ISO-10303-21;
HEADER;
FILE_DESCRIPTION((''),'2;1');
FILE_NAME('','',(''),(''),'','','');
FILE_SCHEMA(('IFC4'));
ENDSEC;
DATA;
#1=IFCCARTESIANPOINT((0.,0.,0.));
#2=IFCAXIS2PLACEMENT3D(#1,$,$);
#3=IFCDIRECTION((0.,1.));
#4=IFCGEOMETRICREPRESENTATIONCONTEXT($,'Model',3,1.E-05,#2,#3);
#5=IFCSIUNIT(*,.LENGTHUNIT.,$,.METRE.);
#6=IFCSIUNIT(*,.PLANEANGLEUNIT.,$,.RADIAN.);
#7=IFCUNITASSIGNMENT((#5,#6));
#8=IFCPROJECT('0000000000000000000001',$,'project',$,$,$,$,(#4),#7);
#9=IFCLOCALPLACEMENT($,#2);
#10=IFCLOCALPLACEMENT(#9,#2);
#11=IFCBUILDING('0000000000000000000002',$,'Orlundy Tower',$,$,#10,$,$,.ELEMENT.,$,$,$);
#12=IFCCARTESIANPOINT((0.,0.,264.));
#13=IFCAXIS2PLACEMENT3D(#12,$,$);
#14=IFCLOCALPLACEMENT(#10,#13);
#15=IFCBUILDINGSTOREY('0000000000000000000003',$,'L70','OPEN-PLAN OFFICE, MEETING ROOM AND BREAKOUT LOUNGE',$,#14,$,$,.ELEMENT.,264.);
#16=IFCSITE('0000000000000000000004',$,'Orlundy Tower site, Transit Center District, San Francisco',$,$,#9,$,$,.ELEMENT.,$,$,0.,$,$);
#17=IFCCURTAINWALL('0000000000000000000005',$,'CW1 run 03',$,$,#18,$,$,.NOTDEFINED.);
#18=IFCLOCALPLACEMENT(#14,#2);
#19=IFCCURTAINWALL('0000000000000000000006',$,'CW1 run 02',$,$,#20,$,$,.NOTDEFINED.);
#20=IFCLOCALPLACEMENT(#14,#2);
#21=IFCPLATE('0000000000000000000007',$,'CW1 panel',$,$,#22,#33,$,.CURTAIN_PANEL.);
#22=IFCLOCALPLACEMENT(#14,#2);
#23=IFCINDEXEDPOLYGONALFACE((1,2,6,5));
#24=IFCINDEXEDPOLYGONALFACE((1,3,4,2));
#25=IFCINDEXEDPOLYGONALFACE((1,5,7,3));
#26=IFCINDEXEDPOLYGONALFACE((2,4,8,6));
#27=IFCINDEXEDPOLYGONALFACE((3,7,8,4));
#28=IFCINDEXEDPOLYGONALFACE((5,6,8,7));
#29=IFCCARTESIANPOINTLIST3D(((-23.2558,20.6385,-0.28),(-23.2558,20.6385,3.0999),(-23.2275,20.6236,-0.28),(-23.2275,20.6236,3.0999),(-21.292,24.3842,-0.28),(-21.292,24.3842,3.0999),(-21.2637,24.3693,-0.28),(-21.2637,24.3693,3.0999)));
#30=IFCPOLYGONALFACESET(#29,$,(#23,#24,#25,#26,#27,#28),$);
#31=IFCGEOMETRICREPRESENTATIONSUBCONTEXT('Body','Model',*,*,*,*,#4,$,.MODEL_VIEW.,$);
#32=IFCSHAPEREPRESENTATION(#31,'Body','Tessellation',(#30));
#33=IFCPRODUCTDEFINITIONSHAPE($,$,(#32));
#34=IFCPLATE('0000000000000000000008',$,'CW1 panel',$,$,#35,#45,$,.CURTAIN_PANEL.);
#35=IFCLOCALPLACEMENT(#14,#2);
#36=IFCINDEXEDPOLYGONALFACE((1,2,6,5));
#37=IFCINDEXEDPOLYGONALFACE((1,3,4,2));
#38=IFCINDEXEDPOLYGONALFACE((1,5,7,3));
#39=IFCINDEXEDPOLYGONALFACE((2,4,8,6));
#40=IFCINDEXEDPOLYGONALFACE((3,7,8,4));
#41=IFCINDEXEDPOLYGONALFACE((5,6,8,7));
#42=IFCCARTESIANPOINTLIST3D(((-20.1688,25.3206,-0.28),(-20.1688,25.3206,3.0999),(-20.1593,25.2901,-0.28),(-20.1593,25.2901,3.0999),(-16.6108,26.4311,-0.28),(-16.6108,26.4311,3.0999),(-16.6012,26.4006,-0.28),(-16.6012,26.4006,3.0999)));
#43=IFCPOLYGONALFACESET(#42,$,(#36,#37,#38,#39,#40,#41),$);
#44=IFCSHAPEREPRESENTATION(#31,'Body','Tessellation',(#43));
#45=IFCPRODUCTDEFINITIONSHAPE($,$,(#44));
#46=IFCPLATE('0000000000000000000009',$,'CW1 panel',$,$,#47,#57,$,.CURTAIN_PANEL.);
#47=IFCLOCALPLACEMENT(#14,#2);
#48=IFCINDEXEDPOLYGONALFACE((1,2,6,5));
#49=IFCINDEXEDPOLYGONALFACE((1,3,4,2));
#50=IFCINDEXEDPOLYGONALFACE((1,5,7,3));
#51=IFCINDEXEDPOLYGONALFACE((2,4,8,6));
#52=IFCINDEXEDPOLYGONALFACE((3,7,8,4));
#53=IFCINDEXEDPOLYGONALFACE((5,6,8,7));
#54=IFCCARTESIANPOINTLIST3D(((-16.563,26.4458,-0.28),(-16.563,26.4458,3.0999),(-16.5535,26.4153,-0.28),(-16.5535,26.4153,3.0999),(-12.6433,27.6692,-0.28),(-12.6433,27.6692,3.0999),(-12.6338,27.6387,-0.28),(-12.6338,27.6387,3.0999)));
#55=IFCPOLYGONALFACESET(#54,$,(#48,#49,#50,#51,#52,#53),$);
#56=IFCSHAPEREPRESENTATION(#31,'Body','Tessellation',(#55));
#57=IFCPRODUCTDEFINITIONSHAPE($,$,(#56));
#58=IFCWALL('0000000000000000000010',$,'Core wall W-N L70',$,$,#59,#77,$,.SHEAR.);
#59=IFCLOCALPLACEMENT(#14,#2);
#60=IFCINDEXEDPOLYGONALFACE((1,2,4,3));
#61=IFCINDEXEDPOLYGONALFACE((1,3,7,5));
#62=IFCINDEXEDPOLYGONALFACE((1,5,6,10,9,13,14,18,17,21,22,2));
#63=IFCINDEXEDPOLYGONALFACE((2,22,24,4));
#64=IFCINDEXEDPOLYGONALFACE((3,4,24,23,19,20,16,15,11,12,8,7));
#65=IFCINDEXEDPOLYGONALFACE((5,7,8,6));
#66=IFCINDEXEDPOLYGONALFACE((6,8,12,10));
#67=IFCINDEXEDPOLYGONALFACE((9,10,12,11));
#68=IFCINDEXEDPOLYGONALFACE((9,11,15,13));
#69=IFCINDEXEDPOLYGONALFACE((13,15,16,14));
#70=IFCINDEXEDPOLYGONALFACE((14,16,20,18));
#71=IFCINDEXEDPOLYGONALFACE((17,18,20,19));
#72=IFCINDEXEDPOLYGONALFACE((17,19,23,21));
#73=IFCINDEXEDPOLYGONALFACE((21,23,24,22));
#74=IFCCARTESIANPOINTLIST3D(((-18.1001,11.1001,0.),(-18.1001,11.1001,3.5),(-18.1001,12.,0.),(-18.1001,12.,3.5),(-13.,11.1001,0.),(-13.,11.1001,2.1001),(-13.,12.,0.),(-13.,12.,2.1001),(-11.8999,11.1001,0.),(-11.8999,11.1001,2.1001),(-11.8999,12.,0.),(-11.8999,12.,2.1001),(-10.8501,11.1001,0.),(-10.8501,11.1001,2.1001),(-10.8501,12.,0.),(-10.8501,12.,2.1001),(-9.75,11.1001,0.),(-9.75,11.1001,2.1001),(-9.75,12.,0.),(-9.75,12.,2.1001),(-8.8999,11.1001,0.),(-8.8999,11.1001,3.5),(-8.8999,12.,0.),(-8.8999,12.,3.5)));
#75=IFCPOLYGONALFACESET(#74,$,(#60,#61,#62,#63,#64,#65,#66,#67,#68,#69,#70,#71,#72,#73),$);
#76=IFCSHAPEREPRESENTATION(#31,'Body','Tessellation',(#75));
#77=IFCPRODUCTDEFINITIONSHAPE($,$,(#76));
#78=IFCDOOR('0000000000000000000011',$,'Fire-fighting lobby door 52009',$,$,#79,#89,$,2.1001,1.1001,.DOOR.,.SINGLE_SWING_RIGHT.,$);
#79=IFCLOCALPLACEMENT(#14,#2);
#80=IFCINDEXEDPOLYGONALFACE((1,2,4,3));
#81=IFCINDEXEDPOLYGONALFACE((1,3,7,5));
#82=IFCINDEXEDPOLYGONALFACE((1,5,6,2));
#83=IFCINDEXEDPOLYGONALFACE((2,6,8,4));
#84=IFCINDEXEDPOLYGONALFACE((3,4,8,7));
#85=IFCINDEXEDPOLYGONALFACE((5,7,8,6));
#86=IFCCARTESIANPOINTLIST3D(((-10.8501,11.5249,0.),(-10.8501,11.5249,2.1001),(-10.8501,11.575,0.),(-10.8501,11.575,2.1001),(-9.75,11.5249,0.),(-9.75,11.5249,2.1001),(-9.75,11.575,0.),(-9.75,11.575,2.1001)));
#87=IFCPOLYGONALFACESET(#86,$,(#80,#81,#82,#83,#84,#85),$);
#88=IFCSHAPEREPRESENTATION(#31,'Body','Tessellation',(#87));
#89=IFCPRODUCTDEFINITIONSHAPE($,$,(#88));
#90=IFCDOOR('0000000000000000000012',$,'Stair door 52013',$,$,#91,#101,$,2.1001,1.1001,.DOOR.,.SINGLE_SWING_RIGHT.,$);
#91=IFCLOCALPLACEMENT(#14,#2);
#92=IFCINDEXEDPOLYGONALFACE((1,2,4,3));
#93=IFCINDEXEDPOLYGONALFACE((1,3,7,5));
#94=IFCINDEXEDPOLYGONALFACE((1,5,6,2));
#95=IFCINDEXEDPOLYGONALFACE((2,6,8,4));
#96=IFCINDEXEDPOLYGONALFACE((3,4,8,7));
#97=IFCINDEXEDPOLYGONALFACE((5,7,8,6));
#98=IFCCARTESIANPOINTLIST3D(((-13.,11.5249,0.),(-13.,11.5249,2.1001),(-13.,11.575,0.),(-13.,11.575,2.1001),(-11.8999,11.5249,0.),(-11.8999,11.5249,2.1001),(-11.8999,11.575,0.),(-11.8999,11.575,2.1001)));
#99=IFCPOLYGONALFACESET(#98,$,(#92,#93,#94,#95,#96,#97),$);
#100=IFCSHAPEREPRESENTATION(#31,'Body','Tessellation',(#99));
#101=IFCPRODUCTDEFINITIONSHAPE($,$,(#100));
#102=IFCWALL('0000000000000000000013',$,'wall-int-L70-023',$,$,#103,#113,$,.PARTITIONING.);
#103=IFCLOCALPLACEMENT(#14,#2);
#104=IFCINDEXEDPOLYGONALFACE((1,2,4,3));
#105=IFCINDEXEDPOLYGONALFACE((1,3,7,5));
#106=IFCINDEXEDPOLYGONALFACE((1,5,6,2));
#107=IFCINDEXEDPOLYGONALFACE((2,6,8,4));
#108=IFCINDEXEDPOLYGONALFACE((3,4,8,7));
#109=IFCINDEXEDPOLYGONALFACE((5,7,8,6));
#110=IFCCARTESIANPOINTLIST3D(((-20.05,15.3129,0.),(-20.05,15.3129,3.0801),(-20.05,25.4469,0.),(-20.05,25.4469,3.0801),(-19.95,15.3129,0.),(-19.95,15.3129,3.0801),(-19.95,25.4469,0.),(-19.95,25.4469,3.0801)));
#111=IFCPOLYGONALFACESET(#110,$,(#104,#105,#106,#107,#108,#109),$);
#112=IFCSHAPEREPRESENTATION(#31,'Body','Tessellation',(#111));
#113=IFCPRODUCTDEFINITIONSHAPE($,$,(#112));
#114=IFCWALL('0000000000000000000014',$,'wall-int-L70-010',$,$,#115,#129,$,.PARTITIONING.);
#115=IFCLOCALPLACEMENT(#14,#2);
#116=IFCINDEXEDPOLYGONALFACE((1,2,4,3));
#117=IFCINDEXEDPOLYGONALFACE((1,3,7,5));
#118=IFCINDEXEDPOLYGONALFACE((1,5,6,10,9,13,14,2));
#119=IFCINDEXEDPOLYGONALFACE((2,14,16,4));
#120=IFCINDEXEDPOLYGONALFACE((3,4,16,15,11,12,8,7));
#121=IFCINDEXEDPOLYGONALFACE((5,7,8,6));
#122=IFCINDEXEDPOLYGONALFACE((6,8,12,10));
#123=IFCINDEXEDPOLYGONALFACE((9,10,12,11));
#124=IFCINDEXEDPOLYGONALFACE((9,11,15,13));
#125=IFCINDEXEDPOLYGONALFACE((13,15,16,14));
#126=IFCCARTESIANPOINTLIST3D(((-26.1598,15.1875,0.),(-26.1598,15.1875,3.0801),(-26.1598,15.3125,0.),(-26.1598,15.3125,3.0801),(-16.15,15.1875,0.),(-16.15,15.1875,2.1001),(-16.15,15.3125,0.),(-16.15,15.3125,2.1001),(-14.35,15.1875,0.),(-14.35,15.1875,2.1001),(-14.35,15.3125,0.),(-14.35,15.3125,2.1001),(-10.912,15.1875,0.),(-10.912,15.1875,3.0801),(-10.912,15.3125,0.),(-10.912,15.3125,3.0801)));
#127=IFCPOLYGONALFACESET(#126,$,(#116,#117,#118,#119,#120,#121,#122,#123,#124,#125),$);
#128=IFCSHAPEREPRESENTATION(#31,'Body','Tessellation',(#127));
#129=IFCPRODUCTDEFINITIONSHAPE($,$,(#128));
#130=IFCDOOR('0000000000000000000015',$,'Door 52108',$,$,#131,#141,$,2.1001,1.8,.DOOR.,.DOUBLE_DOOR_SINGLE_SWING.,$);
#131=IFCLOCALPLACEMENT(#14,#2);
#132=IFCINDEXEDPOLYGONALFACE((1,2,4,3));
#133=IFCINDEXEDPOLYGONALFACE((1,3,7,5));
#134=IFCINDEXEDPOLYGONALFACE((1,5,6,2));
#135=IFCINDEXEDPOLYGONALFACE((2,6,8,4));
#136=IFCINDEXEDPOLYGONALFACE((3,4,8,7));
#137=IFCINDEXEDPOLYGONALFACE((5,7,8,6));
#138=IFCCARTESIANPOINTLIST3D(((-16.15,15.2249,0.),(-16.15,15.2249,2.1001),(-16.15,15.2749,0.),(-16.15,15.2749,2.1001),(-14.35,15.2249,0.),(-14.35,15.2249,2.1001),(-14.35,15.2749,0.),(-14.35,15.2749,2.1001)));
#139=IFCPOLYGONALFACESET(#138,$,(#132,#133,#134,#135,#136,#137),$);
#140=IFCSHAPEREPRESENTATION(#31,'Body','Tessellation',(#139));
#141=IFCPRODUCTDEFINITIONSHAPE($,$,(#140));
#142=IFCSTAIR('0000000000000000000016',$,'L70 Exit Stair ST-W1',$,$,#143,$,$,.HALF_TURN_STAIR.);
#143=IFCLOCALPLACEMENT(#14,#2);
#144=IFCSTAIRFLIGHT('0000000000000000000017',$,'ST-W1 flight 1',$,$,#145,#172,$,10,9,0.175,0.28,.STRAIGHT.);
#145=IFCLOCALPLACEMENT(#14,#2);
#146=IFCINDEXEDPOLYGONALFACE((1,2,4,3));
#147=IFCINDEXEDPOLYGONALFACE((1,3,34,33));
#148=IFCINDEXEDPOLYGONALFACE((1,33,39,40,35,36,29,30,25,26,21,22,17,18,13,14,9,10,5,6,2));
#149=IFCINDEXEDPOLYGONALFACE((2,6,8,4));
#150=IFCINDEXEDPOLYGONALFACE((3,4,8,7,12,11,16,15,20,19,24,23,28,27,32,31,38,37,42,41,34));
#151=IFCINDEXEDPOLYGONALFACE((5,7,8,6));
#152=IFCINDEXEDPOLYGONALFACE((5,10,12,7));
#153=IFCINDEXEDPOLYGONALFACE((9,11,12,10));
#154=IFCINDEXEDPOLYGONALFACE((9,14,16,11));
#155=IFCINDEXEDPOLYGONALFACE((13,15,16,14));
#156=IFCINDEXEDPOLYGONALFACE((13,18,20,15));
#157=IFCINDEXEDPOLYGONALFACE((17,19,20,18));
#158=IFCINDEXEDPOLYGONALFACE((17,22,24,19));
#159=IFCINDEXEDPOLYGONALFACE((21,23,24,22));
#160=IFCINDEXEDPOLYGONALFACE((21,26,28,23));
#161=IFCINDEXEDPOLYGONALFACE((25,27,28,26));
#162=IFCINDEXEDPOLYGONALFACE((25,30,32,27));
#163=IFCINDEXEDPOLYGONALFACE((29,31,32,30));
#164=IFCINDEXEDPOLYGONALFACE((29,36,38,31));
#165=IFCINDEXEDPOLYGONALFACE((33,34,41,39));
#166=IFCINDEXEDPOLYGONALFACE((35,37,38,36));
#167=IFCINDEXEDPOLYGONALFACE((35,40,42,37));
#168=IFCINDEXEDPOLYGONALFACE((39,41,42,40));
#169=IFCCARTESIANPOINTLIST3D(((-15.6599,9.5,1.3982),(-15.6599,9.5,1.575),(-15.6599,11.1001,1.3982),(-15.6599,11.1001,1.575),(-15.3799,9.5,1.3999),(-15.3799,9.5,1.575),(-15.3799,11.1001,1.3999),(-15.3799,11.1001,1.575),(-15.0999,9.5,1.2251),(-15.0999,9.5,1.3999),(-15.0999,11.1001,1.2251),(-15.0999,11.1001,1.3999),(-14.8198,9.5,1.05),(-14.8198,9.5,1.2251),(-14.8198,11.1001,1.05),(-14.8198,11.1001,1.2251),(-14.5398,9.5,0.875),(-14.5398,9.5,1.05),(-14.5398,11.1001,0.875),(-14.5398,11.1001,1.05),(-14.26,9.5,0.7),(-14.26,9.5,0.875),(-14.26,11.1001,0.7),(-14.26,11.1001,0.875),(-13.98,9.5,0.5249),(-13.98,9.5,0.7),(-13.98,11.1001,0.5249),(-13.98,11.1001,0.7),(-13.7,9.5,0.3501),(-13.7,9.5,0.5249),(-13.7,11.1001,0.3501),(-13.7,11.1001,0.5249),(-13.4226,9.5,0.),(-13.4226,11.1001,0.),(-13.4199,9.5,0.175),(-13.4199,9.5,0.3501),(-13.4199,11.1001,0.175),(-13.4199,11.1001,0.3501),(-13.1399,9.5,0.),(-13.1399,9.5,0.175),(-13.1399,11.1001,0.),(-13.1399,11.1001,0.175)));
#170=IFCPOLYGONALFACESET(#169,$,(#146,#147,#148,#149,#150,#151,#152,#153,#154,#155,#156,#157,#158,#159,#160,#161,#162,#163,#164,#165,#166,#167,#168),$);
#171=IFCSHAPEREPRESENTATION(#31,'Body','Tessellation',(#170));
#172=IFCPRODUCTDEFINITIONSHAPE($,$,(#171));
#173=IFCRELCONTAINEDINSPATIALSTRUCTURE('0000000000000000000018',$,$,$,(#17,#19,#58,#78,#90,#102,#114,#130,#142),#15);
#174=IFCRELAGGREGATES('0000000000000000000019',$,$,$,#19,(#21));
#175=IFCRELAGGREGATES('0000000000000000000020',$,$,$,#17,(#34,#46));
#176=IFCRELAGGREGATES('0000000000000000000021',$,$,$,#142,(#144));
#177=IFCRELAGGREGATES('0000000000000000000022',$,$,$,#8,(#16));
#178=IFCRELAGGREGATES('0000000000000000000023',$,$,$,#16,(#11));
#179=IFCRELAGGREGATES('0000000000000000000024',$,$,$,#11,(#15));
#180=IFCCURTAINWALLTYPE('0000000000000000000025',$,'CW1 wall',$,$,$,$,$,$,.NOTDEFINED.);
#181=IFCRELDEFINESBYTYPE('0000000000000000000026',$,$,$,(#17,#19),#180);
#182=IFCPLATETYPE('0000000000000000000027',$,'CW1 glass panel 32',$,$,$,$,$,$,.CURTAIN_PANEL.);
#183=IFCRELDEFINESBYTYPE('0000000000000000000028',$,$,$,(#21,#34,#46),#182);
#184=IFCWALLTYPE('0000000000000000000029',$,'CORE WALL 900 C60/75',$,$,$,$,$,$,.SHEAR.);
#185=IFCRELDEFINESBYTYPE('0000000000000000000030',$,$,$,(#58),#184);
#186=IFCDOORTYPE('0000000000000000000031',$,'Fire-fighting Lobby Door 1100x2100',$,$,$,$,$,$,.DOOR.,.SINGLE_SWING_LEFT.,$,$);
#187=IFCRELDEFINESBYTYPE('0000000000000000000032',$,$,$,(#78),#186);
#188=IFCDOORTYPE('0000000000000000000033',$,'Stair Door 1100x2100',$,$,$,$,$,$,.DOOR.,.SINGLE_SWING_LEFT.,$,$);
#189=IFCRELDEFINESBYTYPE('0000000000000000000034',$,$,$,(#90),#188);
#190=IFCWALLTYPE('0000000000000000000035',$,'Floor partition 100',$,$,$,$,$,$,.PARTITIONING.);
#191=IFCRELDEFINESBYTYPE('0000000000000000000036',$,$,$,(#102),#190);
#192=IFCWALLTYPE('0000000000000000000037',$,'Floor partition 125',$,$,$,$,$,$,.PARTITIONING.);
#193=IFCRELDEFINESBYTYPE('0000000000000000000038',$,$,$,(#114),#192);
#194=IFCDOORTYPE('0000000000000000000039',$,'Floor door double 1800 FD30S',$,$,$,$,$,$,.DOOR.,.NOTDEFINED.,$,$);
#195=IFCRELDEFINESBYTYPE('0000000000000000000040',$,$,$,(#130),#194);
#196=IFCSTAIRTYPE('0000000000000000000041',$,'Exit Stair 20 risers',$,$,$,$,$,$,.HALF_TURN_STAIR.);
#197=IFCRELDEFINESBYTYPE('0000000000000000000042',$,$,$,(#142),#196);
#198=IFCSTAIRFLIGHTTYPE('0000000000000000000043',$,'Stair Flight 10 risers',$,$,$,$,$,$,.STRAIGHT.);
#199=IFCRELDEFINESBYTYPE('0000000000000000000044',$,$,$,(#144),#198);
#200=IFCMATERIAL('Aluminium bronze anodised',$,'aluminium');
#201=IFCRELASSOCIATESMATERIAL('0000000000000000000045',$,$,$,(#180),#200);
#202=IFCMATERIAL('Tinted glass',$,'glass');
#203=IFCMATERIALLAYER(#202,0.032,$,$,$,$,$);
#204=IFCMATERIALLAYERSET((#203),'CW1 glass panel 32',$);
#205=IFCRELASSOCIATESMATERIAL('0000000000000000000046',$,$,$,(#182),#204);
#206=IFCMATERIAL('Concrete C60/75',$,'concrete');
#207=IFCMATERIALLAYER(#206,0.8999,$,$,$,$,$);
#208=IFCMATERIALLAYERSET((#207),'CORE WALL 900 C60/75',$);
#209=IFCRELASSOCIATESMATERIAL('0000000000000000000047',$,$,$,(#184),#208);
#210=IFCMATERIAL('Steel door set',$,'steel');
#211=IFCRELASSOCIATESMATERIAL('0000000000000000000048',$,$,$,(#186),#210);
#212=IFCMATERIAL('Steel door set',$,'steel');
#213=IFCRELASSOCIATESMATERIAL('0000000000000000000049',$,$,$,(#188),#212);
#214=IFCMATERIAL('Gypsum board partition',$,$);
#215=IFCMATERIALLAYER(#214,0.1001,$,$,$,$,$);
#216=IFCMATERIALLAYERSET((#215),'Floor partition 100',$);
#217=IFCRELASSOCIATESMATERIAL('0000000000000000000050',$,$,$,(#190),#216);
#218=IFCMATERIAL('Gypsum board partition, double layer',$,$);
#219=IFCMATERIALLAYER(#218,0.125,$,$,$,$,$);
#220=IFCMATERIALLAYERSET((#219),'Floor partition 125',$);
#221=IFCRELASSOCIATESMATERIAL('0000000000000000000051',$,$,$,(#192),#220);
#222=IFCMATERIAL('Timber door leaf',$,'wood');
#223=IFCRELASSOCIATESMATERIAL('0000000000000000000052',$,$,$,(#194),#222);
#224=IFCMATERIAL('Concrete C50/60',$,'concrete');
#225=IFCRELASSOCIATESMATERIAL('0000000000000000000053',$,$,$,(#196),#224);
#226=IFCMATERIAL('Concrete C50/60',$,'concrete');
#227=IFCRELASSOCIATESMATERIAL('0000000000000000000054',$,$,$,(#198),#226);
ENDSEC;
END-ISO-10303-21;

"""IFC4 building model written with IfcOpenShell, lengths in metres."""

from ifc_helpers import new_model, si_unit, direction, frame, frame_2d, origin, origin_2d, place, context, subcontext, project, spatial, polyline, rectangle, outline, extrude, material, layer, layer_set, type_object, element, fill, aggregate, save


model = new_model("IFC4")

# Units and contexts
model_context = context("Model", 3, precision=1e-05, world=origin(), true_north=direction((0.0, 1.0)))
body_context = subcontext(model_context, "Body", "Model", "MODEL_VIEW")
ifc_project = project(units=[si_unit("LENGTHUNIT", "METRE"), si_unit("PLANEANGLEUNIT", "RADIAN")], contexts=[model_context])

# Site, building, storey
site_placement = place(None, origin())
site = spatial("IfcSite", under=ifc_project, at=site_placement, Name="Orlundy Tower site, Transit Center District, San Francisco", CompositionType="ELEMENT", RefElevation=0.0)
building_placement = place(site_placement, origin())
building = spatial("IfcBuilding", under=site, at=building_placement, Name="Orlundy Tower", CompositionType="ELEMENT")
storey_placement = place(building_placement, frame((0.0, 0.0, 264.0)))
storey = spatial("IfcBuildingStorey", under=building, at=storey_placement, Name="L70", Description="OPEN-PLAN OFFICE, MEETING ROOM AND BREAKOUT LOUNGE", CompositionType="ELEMENT", Elevation=264.0)

# Curtain wall
ifc_material_1 = material(Name="Aluminium bronze anodised", Category="aluminium")
curtain_wall_type = type_object("IfcCurtainWallType", Name="CW1 wall", PredefinedType="NOTDEFINED", material=ifc_material_1)
curtain_wall_1_placement = place(storey_placement, origin())
curtain_wall_1 = element("IfcCurtainWall", 1, at=curtain_wall_1_placement, inside=storey, type_object=curtain_wall_type, Name="CW1 run 03", PredefinedType="NOTDEFINED")

# Curtain wall
curtain_wall_2_placement = place(storey_placement, origin())
curtain_wall_2 = element("IfcCurtainWall", 2, at=curtain_wall_2_placement, inside=storey, type_object=curtain_wall_type, Name="CW1 run 02", PredefinedType="NOTDEFINED")

# Plates
ifc_material_2 = material(Name="Tinted glass", Category="glass")
ifc_layer_1 = layer(ifc_material_2, 0.032)
ifc_layer_set_1 = layer_set([ifc_layer_1], Name="CW1 glass panel 32")
plate_type = type_object("IfcPlateType", Name="CW1 glass panel 32", PredefinedType="CURTAIN_PANEL", material=ifc_layer_set_1)
plate_1_placement = place(storey_placement, frame((-22.2598, 22.5039, -0.28), z_axis=(0.0, 0.0, 1.0), x_axis=(0.464336, 0.885659, 0.0)))
plate_1 = element("IfcPlate", 3, at=plate_1_placement, type_object=plate_type, Name="CW1 panel", PredefinedType="CURTAIN_PANEL", context=body_context, shape_type="SweptSolid", body=[
    extrude(rectangle(XDim=4.2292, YDim=0.032, at=origin_2d()), origin(), (0.0, 0.0, 1.0), 3.3799),
])
aggregate(curtain_wall_2, [plate_1])
plate_2_placement = place(storey_placement, frame((-18.385, 25.8606, -0.28), z_axis=(0.0, 0.0, 1.0), x_axis=(0.954586, 0.297935, 0.0)))
plate_2 = element("IfcPlate", 4, at=plate_2_placement, type_object=plate_type, Name="CW1 panel", PredefinedType="CURTAIN_PANEL", context=body_context, shape_type="SweptSolid", body=[
    extrude(rectangle(XDim=3.7273, YDim=0.032, at=origin_2d()), origin(), (0.0, 0.0, 1.0), 3.3799),
])
plate_3_placement = place(storey_placement, frame((-14.5984, 27.0422, -0.28), z_axis=(0.0, 0.0, 1.0), x_axis=(0.954586, 0.297935, 0.0)))
plate_3 = element("IfcPlate", 5, at=plate_3_placement, type_object=plate_type, Name="CW1 panel", PredefinedType="CURTAIN_PANEL", context=body_context, shape_type="SweptSolid", body=[
    extrude(rectangle(XDim=4.1062, YDim=0.032, at=origin_2d()), origin(), (0.0, 0.0, 1.0), 3.3799),
])
aggregate(curtain_wall_1, [plate_2, plate_3])

# Wall, openings, doors
ifc_material_3 = material(Name="Concrete C60/75", Category="concrete")
ifc_layer_2 = layer(ifc_material_3, 0.8999)
ifc_layer_set_2 = layer_set([ifc_layer_2], Name="CORE WALL 900 C60/75")
wall_type_1 = type_object("IfcWallType", Name="CORE WALL 900 C60/75", PredefinedType="SHEAR", material=ifc_layer_set_2)
wall_1_placement = place(storey_placement, frame((-18.1001, 11.55, 0.0), z_axis=(0.0, 0.0, 1.0), x_axis=(1.0, 0.0, 0.0)))
wall_1 = element("IfcWall", 6, at=wall_1_placement, inside=storey, type_object=wall_type_1, Name="Core wall W-N L70", PredefinedType="SHEAR", context=body_context, shape_type="SweptSolid", body=[
    extrude(rectangle(XDim=9.2002, YDim=0.8999, at=frame_2d((4.6001, 0.0))), origin(), (0.0, 0.0, 1.0), 3.5),
])
opening_1_placement = place(wall_1_placement, frame((7.25, 0.0, 0.0)))
opening_1 = element("IfcOpeningElement", 7, at=opening_1_placement, cuts=wall_1, PredefinedType="OPENING", context=body_context, shape_type="SweptSolid", body=[
    extrude(rectangle(XDim=1.1001, YDim=2.1001, at=frame_2d((0.55, 1.05))), frame((0.0, 0.46, 0.0), z_axis=(0.0, -1.0, 0.0), x_axis=(1.0, 0.0, 0.0)), (0.0, 0.0, 1.0), 0.9199),
])
opening_2_placement = place(wall_1_placement, frame((5.1001, 0.0, 0.0)))
opening_2 = element("IfcOpeningElement", 8, at=opening_2_placement, cuts=wall_1, PredefinedType="OPENING", context=body_context, shape_type="SweptSolid", body=[
    extrude(rectangle(XDim=1.1001, YDim=2.1001, at=frame_2d((0.55, 1.05))), frame((0.0, 0.46, 0.0), z_axis=(0.0, -1.0, 0.0), x_axis=(1.0, 0.0, 0.0)), (0.0, 0.0, 1.0), 0.9199),
])
ifc_material_4 = material(Name="Steel door set", Category="steel")
door_type_1 = type_object("IfcDoorType", Name="Fire-fighting Lobby Door 1100x2100", OperationType="SINGLE_SWING_LEFT", PredefinedType="DOOR", material=ifc_material_4)
door_1_placement = place(opening_1_placement, origin())
door_1 = element("IfcDoor", 9, at=door_1_placement, inside=storey, type_object=door_type_1, Name="Fire-fighting lobby door 52009", OperationType="SINGLE_SWING_RIGHT", OverallHeight=2.1001, OverallWidth=1.1001, PredefinedType="DOOR", context=body_context, shape_type="SweptSolid", body=[
    extrude(rectangle(XDim=1.1001, YDim=2.1001, at=frame_2d((0.55, 1.05))), frame((0.0, 0.0249, 0.0), z_axis=(0.0, -1.0, 0.0), x_axis=(1.0, 0.0, 0.0)), (0.0, 0.0, 1.0), 0.05),
])
fill(opening_1, door_1)
ifc_material_5 = material(Name="Steel door set", Category="steel")
door_type_2 = type_object("IfcDoorType", Name="Stair Door 1100x2100", OperationType="SINGLE_SWING_LEFT", PredefinedType="DOOR", material=ifc_material_5)
door_2_placement = place(opening_2_placement, origin())
door_2 = element("IfcDoor", 10, at=door_2_placement, inside=storey, type_object=door_type_2, Name="Stair door 52013", OperationType="SINGLE_SWING_RIGHT", OverallHeight=2.1001, OverallWidth=1.1001, PredefinedType="DOOR", context=body_context, shape_type="SweptSolid", body=[
    extrude(rectangle(XDim=1.1001, YDim=2.1001, at=frame_2d((0.55, 1.05))), frame((0.0, 0.0249, 0.0), z_axis=(0.0, -1.0, 0.0), x_axis=(1.0, 0.0, 0.0)), (0.0, 0.0, 1.0), 0.05),
])
fill(opening_2, door_2)

# Wall
ifc_material_6 = material(Name="Gypsum board partition")
ifc_layer_3 = layer(ifc_material_6, 0.1001)
ifc_layer_set_3 = layer_set([ifc_layer_3], Name="Floor partition 100")
wall_type_2 = type_object("IfcWallType", Name="Floor partition 100", PredefinedType="PARTITIONING", material=ifc_layer_set_3)
wall_2_placement = place(storey_placement, frame((-20.0, 15.313, 0.0), z_axis=(0.0, 0.0, 1.0), x_axis=(0.0, 1.0, 0.0)))
element("IfcWall", 11, at=wall_2_placement, inside=storey, type_object=wall_type_2, Name="wall-int-L70-023", PredefinedType="PARTITIONING", context=body_context, shape_type="SweptSolid", body=[
    extrude(rectangle(XDim=10.134, YDim=0.1001, at=frame_2d((5.0669, 0.0))), origin(), (0.0, 0.0, 1.0), 3.0801),
])

# Wall, opening, door
ifc_material_7 = material(Name="Gypsum board partition, double layer")
ifc_layer_4 = layer(ifc_material_7, 0.125)
ifc_layer_set_4 = layer_set([ifc_layer_4], Name="Floor partition 125")
wall_type_3 = type_object("IfcWallType", Name="Floor partition 125", PredefinedType="PARTITIONING", material=ifc_layer_set_4)
wall_3_placement = place(storey_placement, frame((-26.1599, 15.25, 0.0), z_axis=(0.0, 0.0, 1.0), x_axis=(1.0, 0.0, 0.0)))
wall_3 = element("IfcWall", 12, at=wall_3_placement, inside=storey, type_object=wall_type_3, Name="wall-int-L70-010", PredefinedType="PARTITIONING", context=body_context, shape_type="SweptSolid", body=[
    extrude(rectangle(XDim=15.2478, YDim=0.125, at=frame_2d((7.624, 0.0))), origin(), (0.0, 0.0, 1.0), 3.0801),
])
opening_3_placement = place(wall_3_placement, frame((10.01, 0.0, 0.0)))
opening_3 = element("IfcOpeningElement", 13, at=opening_3_placement, cuts=wall_3, PredefinedType="OPENING", context=body_context, shape_type="SweptSolid", body=[
    extrude(rectangle(XDim=1.8, YDim=2.1001, at=frame_2d((0.8999, 1.05))), frame((0.0, 0.0725, 0.0), z_axis=(0.0, -1.0, 0.0), x_axis=(1.0, 0.0, 0.0)), (0.0, 0.0, 1.0), 0.145),
])
ifc_material_8 = material(Name="Timber door leaf", Category="wood")
door_type_3 = type_object("IfcDoorType", Name="Floor door double 1800 FD30S", OperationType="NOTDEFINED", PredefinedType="DOOR", material=ifc_material_8)
door_3_placement = place(opening_3_placement, origin())
door_3 = element("IfcDoor", 14, at=door_3_placement, inside=storey, type_object=door_type_3, Name="Door 52108", OperationType="DOUBLE_DOOR_SINGLE_SWING", OverallHeight=2.1001, OverallWidth=1.8, PredefinedType="DOOR", context=body_context, shape_type="SweptSolid", body=[
    extrude(rectangle(XDim=1.8, YDim=2.1001, at=frame_2d((0.8999, 1.05))), frame((0.0, 0.0249, 0.0), z_axis=(0.0, -1.0, 0.0), x_axis=(1.0, 0.0, 0.0)), (0.0, 0.0, 1.0), 0.05),
])
fill(opening_3, door_3)

# Stair, stair flight
ifc_material_9 = material(Name="Concrete C50/60", Category="concrete")
stair_type = type_object("IfcStairType", Name="Exit Stair 20 risers", PredefinedType="HALF_TURN_STAIR", material=ifc_material_9)
stair_placement = place(storey_placement, origin())
stair = element("IfcStair", 15, at=stair_placement, inside=storey, type_object=stair_type, Name="L70 Exit Stair ST-W1", PredefinedType="HALF_TURN_STAIR")
ifc_material_10 = material(Name="Concrete C50/60", Category="concrete")
stair_flight_type = type_object("IfcStairFlightType", Name="Stair Flight 10 risers", PredefinedType="STRAIGHT", material=ifc_material_10)
stair_flight_placement = place(storey_placement, frame((-13.1399, 10.3, 0.0), z_axis=(0.0, 0.0, 1.0), x_axis=(-1.0, 0.0, 0.0)))
stair_flight = element("IfcStairFlight", 16, at=stair_flight_placement, type_object=stair_flight_type, Name="ST-W1 flight 1", NumberOfRisers=10, NumberOfTreads=9, PredefinedType="STRAIGHT", RiserHeight=0.175, TreadLength=0.28, context=body_context, shape_type="SweptSolid", body=[
    extrude(outline(polyline([(0.0, 0.0), (0.0, 0.175), (0.28, 0.175), (0.28, 0.3501), (0.5601, 0.3501), (0.5601, 0.5249), (0.8401, 0.5249), (0.8401, 0.7), (1.1201, 0.7), (1.1201, 0.875), (1.3999, 0.875), (1.3999, 1.05), (1.6799, 1.05), (1.6799, 1.2251), (1.96, 1.2251), (1.96, 1.3999), (2.24, 1.3999), (2.24, 1.575), (2.52, 1.575), (2.52, 1.75), (2.52, 1.3982), (0.2827, 0.0), (0.0, 0.0)])), frame((0.0, 0.8, 0.0), z_axis=(0.0, -1.0, 0.0), x_axis=(1.0, 0.0, 0.0)), (0.0, 0.0, 1.0), 1.6001),
])
aggregate(stair, [stair_flight])

save(model, "model.ifc")
